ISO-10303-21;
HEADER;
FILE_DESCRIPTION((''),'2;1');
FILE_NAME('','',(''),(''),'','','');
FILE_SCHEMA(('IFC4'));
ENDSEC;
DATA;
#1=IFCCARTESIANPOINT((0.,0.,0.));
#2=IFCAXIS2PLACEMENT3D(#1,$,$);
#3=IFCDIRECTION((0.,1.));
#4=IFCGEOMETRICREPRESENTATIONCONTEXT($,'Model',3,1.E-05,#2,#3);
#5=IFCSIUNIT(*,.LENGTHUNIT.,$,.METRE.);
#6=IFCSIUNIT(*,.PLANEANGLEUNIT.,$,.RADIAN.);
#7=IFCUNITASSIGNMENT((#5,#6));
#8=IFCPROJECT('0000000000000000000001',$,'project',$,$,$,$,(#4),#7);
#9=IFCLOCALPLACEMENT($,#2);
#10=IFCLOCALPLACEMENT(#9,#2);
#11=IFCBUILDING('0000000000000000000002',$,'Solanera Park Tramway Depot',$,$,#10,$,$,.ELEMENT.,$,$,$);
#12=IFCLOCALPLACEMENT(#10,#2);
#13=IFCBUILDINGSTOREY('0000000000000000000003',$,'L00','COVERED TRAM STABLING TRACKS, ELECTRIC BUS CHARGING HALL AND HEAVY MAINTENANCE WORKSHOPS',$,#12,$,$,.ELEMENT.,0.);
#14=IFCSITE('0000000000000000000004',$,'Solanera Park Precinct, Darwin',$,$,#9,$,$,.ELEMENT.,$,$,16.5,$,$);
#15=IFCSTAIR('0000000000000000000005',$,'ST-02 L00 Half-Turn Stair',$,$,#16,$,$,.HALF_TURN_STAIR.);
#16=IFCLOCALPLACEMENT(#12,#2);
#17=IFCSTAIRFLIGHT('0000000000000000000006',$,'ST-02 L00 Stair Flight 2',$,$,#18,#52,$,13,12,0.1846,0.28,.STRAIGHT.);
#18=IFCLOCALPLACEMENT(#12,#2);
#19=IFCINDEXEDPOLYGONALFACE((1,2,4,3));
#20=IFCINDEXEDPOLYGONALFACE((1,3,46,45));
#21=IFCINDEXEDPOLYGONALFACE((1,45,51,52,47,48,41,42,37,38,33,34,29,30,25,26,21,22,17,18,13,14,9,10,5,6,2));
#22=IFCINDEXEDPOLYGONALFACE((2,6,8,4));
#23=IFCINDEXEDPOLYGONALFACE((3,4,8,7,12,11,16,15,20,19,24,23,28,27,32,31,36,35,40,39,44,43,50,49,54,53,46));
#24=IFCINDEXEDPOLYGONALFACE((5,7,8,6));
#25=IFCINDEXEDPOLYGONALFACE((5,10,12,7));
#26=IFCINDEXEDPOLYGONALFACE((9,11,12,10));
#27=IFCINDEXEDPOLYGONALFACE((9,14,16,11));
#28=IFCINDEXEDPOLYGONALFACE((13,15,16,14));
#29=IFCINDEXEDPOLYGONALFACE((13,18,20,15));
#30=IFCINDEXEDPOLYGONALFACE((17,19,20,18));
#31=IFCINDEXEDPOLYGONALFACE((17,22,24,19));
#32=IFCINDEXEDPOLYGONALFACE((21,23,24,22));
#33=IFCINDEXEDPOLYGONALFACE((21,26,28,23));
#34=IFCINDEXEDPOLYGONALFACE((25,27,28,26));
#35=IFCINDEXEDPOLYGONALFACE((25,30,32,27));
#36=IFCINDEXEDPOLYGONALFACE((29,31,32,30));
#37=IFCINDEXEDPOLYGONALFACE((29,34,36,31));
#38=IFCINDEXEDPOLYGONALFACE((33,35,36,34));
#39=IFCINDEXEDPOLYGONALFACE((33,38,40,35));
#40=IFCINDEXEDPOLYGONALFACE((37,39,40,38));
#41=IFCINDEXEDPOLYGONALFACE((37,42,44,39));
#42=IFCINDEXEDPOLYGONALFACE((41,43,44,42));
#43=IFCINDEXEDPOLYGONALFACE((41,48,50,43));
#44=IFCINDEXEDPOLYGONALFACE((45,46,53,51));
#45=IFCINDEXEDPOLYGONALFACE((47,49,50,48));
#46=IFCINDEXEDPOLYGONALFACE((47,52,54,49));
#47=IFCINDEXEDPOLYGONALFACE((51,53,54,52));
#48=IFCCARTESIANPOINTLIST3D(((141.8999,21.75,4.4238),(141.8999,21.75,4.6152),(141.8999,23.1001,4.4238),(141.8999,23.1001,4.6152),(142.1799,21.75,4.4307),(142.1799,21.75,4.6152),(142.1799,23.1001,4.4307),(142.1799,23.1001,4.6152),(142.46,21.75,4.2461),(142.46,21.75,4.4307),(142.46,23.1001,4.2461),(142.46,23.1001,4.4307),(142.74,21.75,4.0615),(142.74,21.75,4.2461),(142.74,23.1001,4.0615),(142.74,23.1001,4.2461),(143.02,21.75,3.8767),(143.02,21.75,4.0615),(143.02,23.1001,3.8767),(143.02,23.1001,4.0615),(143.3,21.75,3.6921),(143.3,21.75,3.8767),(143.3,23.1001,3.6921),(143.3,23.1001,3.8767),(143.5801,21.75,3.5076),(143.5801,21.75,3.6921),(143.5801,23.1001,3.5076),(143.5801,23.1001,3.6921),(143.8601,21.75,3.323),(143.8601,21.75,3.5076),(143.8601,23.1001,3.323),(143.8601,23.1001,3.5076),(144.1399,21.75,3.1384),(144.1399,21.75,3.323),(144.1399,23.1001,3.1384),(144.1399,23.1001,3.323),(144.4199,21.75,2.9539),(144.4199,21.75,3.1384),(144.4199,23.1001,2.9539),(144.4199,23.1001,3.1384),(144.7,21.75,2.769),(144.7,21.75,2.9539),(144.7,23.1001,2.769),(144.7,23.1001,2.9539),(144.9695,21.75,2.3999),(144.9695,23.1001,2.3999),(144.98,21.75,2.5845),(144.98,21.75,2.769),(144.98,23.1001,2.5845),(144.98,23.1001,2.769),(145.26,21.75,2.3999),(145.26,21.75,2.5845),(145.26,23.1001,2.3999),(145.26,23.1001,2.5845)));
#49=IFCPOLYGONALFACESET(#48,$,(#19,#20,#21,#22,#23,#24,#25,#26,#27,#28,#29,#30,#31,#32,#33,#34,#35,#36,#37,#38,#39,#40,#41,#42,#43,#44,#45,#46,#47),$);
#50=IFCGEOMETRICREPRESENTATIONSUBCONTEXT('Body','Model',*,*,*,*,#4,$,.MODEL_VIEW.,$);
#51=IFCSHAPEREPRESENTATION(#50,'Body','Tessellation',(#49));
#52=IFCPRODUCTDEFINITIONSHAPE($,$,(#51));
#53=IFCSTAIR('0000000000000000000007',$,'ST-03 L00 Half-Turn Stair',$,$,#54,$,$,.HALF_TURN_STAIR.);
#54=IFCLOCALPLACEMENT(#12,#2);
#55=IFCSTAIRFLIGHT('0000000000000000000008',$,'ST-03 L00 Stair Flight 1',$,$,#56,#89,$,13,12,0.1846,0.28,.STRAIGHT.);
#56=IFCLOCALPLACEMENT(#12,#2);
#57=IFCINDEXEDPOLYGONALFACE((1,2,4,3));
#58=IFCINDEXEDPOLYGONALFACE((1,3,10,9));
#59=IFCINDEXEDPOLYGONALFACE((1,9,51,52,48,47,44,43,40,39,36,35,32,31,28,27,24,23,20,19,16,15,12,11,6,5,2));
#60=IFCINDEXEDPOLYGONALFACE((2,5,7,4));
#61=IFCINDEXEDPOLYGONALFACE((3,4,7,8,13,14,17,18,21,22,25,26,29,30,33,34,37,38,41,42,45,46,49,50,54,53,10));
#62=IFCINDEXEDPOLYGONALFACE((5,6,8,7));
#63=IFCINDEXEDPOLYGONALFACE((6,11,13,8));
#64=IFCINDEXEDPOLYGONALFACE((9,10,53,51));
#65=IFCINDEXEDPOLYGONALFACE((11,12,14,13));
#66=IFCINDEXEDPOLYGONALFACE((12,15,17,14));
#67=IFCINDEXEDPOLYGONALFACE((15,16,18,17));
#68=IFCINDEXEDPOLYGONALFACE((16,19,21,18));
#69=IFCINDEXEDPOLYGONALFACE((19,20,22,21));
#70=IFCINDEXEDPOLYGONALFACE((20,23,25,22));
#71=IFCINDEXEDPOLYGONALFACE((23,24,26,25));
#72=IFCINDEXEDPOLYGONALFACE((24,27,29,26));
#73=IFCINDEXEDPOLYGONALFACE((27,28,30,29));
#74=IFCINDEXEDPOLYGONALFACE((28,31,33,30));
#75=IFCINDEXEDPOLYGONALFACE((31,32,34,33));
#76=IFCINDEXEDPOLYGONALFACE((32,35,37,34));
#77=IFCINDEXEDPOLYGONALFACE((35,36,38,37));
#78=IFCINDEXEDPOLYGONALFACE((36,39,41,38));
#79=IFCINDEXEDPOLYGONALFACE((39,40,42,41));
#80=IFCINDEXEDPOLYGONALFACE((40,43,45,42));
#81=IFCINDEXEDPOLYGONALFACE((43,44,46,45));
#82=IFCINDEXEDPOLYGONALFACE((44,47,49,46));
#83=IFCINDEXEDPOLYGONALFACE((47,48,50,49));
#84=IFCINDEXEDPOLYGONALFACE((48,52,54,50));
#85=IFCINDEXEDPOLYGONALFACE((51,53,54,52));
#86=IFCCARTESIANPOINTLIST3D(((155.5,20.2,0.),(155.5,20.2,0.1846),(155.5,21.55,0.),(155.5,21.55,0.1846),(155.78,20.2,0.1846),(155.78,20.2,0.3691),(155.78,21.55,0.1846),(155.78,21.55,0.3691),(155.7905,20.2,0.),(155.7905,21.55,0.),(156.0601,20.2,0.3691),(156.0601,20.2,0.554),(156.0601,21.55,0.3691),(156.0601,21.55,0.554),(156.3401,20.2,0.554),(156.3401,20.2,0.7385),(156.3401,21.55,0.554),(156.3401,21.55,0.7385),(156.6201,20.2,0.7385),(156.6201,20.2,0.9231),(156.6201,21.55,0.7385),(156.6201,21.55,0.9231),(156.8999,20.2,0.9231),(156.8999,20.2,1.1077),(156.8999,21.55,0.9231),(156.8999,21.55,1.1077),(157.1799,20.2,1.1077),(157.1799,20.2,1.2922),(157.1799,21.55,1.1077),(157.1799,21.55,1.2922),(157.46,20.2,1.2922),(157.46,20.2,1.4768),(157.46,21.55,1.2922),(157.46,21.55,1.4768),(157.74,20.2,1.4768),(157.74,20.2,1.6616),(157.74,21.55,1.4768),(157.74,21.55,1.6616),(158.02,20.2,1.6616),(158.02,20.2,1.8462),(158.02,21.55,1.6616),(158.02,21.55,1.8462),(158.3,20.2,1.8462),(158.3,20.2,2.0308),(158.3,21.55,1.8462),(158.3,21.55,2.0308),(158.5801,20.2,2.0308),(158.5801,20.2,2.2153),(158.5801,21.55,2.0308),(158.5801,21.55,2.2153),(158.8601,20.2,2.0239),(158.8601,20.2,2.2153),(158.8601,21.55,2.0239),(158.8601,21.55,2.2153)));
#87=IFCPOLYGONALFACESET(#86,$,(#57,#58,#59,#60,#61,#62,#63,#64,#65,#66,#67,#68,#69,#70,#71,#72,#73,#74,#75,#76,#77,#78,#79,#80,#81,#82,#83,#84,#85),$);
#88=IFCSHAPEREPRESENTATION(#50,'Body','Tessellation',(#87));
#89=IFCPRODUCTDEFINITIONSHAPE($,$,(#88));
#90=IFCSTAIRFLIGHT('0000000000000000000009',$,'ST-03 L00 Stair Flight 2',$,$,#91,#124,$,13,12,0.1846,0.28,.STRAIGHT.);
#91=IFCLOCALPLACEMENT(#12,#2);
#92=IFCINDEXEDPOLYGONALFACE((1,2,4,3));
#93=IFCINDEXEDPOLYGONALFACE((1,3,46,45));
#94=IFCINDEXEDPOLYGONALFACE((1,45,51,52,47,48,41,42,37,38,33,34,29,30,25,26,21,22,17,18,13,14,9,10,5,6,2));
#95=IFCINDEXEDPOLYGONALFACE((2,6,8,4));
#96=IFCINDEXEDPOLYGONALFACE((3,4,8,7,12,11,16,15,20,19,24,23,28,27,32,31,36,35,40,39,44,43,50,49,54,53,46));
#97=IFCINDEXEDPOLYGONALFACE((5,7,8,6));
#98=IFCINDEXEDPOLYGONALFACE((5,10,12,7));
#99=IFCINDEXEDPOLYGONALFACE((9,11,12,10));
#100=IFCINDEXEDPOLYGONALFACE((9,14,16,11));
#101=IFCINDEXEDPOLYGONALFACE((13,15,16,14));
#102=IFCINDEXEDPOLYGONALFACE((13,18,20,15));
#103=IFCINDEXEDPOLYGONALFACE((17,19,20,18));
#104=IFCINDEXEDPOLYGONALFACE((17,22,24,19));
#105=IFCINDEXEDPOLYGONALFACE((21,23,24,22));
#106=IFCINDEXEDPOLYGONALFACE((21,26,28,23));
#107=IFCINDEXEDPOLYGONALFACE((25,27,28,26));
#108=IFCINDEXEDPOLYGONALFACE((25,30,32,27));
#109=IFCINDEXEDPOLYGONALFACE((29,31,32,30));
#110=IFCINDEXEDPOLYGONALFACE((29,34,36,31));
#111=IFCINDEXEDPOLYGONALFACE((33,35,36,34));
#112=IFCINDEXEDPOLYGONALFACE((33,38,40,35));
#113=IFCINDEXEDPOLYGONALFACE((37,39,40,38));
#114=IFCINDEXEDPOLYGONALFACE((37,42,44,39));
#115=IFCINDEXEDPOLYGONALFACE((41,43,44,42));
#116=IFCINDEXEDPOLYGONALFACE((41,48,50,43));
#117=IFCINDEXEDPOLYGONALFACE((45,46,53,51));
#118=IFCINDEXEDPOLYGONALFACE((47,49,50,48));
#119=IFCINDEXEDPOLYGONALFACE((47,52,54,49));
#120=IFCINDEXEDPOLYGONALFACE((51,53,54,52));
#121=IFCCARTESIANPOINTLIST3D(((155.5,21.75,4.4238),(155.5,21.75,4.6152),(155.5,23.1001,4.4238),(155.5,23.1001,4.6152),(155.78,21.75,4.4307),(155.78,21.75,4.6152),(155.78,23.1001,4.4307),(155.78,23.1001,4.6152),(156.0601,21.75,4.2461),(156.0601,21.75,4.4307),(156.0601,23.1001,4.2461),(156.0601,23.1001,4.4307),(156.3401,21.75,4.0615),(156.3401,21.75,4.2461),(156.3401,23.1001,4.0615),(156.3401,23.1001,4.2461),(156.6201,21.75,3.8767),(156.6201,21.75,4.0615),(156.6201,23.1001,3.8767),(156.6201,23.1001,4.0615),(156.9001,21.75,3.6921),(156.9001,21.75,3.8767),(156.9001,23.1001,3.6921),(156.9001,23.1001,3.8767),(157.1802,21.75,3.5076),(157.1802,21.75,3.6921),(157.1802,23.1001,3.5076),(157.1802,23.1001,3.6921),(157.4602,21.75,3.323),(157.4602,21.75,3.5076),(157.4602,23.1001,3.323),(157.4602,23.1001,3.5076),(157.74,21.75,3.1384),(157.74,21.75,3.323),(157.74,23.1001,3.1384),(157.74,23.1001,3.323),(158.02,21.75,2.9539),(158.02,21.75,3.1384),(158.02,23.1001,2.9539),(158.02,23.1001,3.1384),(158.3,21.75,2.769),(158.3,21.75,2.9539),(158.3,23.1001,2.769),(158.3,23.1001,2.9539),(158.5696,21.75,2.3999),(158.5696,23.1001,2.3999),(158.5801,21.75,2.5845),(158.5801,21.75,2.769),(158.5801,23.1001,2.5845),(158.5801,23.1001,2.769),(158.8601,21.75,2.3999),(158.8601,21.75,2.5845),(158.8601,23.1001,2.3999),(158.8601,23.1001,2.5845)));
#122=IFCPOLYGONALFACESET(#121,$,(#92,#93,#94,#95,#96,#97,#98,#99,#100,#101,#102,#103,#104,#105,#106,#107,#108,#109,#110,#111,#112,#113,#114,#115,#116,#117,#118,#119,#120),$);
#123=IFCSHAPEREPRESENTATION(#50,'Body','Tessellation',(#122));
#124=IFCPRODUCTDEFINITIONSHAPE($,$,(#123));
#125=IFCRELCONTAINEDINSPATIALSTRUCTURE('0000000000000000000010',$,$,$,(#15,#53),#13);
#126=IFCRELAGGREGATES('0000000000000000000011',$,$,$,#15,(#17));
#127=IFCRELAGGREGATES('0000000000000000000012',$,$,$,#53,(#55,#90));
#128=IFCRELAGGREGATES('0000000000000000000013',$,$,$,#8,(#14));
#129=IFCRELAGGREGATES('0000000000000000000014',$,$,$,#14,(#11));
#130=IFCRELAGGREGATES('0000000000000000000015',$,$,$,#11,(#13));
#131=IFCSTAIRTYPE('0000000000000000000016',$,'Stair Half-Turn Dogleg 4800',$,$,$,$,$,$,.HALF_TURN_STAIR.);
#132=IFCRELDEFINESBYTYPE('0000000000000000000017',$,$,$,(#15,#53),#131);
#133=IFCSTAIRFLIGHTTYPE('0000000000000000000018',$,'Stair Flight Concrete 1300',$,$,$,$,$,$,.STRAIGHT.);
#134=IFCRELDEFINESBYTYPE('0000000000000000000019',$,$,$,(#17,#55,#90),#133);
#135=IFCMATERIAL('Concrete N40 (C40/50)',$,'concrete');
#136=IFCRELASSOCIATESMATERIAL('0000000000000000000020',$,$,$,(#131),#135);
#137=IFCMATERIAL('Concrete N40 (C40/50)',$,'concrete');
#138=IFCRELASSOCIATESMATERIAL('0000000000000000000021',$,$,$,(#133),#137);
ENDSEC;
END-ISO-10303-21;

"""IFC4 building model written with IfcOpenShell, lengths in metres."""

from ifc_helpers import new_model, si_unit, direction, frame, origin, place, context, subcontext, project, spatial, polyline, outline, extrude, material, type_object, element, aggregate, save


model = new_model("IFC4")

# Units and contexts
model_context = context("Model", 3, precision=1e-05, world=origin(), true_north=direction((0.0, 1.0)))
body_context = subcontext(model_context, "Body", "Model", "MODEL_VIEW")
ifc_project = project(units=[si_unit("LENGTHUNIT", "METRE"), si_unit("PLANEANGLEUNIT", "RADIAN")], contexts=[model_context])

# Site, building, storey
site_placement = place(None, origin())
site = spatial("IfcSite", under=ifc_project, at=site_placement, Name="Solanera Park Precinct, Darwin", CompositionType="ELEMENT", RefElevation=16.5)
building_placement = place(site_placement, origin())
building = spatial("IfcBuilding", under=site, at=building_placement, Name="Solanera Park Tramway Depot", CompositionType="ELEMENT")
storey_placement = place(building_placement, origin())
storey = spatial("IfcBuildingStorey", under=building, at=storey_placement, Name="L00", Description="COVERED TRAM STABLING TRACKS, ELECTRIC BUS CHARGING HALL AND HEAVY MAINTENANCE WORKSHOPS", CompositionType="ELEMENT", Elevation=0.0)

# Stairs, stair flights
ifc_material_1 = material(Name="Concrete N40 (C40/50)", Category="concrete")
stair_type = type_object("IfcStairType", Name="Stair Half-Turn Dogleg 4800", PredefinedType="HALF_TURN_STAIR", material=ifc_material_1)
stair_1_placement = place(storey_placement, origin())
stair_1 = element("IfcStair", 1, at=stair_1_placement, inside=storey, type_object=stair_type, Name="ST-02 L00 Half-Turn Stair", PredefinedType="HALF_TURN_STAIR")
ifc_material_2 = material(Name="Concrete N40 (C40/50)", Category="concrete")
stair_flight_type = type_object("IfcStairFlightType", Name="Stair Flight Concrete 1300", PredefinedType="STRAIGHT", material=ifc_material_2)
stair_flight_1_placement = place(storey_placement, frame((145.26, 22.425, 2.3999), z_axis=(0.0, 0.0, 1.0), x_axis=(-1.0, 0.0, 0.0)))
stair_flight_1 = element("IfcStairFlight", 2, at=stair_flight_1_placement, type_object=stair_flight_type, Name="ST-02 L00 Stair Flight 2", NumberOfRisers=13, NumberOfTreads=12, PredefinedType="STRAIGHT", RiserHeight=0.1846, TreadLength=0.28, context=body_context, shape_type="SweptSolid", body=[
    extrude(outline(polyline([(0.0, 0.0), (0.0, 0.1846), (0.28, 0.1846), (0.28, 0.3691), (0.5601, 0.3691), (0.5601, 0.554), (0.8401, 0.554), (0.8401, 0.7385), (1.1201, 0.7385), (1.1201, 0.9231), (1.3999, 0.9231), (1.3999, 1.1077), (1.6799, 1.1077), (1.6799, 1.2922), (1.96, 1.2922), (1.96, 1.4768), (2.24, 1.4768), (2.24, 1.6616), (2.52, 1.6616), (2.52, 1.8462), (2.8, 1.8462), (2.8, 2.0308), (3.0801, 2.0308), (3.0801, 2.2153), (3.3601, 2.2153), (3.3601, 2.3999), (3.3601, 2.0239), (0.2905, 0.0), (0.0, 0.0)])), frame((0.0, 0.675, 0.0), z_axis=(0.0, -1.0, 0.0), x_axis=(1.0, 0.0, 0.0)), (0.0, 0.0, 1.0), 1.3501),
])
aggregate(stair_1, [stair_flight_1])
stair_2_placement = place(storey_placement, origin())
stair_2 = element("IfcStair", 3, at=stair_2_placement, inside=storey, type_object=stair_type, Name="ST-03 L00 Half-Turn Stair", PredefinedType="HALF_TURN_STAIR")
stair_flight_2_placement = place(storey_placement, frame((155.5, 20.875, 0.0), z_axis=(0.0, 0.0, 1.0), x_axis=(1.0, 0.0, 0.0)))
stair_flight_2 = element("IfcStairFlight", 4, at=stair_flight_2_placement, type_object=stair_flight_type, Name="ST-03 L00 Stair Flight 1", NumberOfRisers=13, NumberOfTreads=12, PredefinedType="STRAIGHT", RiserHeight=0.1846, TreadLength=0.28, context=body_context, shape_type="SweptSolid", body=[
    extrude(outline(polyline([(0.0, 0.0), (0.0, 0.1846), (0.28, 0.1846), (0.28, 0.3691), (0.5601, 0.3691), (0.5601, 0.554), (0.8401, 0.554), (0.8401, 0.7385), (1.1201, 0.7385), (1.1201, 0.9231), (1.3999, 0.9231), (1.3999, 1.1077), (1.6799, 1.1077), (1.6799, 1.2922), (1.96, 1.2922), (1.96, 1.4768), (2.24, 1.4768), (2.24, 1.6616), (2.52, 1.6616), (2.52, 1.8462), (2.8, 1.8462), (2.8, 2.0308), (3.0801, 2.0308), (3.0801, 2.2153), (3.3601, 2.2153), (3.3601, 2.3999), (3.3601, 2.0239), (0.2905, 0.0), (0.0, 0.0)])), frame((0.0, 0.675, 0.0), z_axis=(0.0, -1.0, 0.0), x_axis=(1.0, 0.0, 0.0)), (0.0, 0.0, 1.0), 1.3501),
])
stair_flight_3_placement = place(storey_placement, frame((158.8601, 22.425, 2.3999), z_axis=(0.0, 0.0, 1.0), x_axis=(-1.0, 0.0, 0.0)))
stair_flight_3 = element("IfcStairFlight", 5, at=stair_flight_3_placement, type_object=stair_flight_type, Name="ST-03 L00 Stair Flight 2", NumberOfRisers=13, NumberOfTreads=12, PredefinedType="STRAIGHT", RiserHeight=0.1846, TreadLength=0.28, context=body_context, shape_type="SweptSolid", body=[
    extrude(outline(polyline([(0.0, 0.0), (0.0, 0.1846), (0.28, 0.1846), (0.28, 0.3691), (0.5601, 0.3691), (0.5601, 0.554), (0.8401, 0.554), (0.8401, 0.7385), (1.1201, 0.7385), (1.1201, 0.9231), (1.3999, 0.9231), (1.3999, 1.1077), (1.6799, 1.1077), (1.6799, 1.2922), (1.96, 1.2922), (1.96, 1.4768), (2.24, 1.4768), (2.24, 1.6616), (2.52, 1.6616), (2.52, 1.8462), (2.8, 1.8462), (2.8, 2.0308), (3.0801, 2.0308), (3.0801, 2.2153), (3.3601, 2.2153), (3.3601, 2.3999), (3.3601, 2.0239), (0.2905, 0.0), (0.0, 0.0)])), frame((0.0, 0.675, 0.0), z_axis=(0.0, -1.0, 0.0), x_axis=(1.0, 0.0, 0.0)), (0.0, 0.0, 1.0), 1.3501),
])
aggregate(stair_2, [stair_flight_2, stair_flight_3])

save(model, "model.ifc")
